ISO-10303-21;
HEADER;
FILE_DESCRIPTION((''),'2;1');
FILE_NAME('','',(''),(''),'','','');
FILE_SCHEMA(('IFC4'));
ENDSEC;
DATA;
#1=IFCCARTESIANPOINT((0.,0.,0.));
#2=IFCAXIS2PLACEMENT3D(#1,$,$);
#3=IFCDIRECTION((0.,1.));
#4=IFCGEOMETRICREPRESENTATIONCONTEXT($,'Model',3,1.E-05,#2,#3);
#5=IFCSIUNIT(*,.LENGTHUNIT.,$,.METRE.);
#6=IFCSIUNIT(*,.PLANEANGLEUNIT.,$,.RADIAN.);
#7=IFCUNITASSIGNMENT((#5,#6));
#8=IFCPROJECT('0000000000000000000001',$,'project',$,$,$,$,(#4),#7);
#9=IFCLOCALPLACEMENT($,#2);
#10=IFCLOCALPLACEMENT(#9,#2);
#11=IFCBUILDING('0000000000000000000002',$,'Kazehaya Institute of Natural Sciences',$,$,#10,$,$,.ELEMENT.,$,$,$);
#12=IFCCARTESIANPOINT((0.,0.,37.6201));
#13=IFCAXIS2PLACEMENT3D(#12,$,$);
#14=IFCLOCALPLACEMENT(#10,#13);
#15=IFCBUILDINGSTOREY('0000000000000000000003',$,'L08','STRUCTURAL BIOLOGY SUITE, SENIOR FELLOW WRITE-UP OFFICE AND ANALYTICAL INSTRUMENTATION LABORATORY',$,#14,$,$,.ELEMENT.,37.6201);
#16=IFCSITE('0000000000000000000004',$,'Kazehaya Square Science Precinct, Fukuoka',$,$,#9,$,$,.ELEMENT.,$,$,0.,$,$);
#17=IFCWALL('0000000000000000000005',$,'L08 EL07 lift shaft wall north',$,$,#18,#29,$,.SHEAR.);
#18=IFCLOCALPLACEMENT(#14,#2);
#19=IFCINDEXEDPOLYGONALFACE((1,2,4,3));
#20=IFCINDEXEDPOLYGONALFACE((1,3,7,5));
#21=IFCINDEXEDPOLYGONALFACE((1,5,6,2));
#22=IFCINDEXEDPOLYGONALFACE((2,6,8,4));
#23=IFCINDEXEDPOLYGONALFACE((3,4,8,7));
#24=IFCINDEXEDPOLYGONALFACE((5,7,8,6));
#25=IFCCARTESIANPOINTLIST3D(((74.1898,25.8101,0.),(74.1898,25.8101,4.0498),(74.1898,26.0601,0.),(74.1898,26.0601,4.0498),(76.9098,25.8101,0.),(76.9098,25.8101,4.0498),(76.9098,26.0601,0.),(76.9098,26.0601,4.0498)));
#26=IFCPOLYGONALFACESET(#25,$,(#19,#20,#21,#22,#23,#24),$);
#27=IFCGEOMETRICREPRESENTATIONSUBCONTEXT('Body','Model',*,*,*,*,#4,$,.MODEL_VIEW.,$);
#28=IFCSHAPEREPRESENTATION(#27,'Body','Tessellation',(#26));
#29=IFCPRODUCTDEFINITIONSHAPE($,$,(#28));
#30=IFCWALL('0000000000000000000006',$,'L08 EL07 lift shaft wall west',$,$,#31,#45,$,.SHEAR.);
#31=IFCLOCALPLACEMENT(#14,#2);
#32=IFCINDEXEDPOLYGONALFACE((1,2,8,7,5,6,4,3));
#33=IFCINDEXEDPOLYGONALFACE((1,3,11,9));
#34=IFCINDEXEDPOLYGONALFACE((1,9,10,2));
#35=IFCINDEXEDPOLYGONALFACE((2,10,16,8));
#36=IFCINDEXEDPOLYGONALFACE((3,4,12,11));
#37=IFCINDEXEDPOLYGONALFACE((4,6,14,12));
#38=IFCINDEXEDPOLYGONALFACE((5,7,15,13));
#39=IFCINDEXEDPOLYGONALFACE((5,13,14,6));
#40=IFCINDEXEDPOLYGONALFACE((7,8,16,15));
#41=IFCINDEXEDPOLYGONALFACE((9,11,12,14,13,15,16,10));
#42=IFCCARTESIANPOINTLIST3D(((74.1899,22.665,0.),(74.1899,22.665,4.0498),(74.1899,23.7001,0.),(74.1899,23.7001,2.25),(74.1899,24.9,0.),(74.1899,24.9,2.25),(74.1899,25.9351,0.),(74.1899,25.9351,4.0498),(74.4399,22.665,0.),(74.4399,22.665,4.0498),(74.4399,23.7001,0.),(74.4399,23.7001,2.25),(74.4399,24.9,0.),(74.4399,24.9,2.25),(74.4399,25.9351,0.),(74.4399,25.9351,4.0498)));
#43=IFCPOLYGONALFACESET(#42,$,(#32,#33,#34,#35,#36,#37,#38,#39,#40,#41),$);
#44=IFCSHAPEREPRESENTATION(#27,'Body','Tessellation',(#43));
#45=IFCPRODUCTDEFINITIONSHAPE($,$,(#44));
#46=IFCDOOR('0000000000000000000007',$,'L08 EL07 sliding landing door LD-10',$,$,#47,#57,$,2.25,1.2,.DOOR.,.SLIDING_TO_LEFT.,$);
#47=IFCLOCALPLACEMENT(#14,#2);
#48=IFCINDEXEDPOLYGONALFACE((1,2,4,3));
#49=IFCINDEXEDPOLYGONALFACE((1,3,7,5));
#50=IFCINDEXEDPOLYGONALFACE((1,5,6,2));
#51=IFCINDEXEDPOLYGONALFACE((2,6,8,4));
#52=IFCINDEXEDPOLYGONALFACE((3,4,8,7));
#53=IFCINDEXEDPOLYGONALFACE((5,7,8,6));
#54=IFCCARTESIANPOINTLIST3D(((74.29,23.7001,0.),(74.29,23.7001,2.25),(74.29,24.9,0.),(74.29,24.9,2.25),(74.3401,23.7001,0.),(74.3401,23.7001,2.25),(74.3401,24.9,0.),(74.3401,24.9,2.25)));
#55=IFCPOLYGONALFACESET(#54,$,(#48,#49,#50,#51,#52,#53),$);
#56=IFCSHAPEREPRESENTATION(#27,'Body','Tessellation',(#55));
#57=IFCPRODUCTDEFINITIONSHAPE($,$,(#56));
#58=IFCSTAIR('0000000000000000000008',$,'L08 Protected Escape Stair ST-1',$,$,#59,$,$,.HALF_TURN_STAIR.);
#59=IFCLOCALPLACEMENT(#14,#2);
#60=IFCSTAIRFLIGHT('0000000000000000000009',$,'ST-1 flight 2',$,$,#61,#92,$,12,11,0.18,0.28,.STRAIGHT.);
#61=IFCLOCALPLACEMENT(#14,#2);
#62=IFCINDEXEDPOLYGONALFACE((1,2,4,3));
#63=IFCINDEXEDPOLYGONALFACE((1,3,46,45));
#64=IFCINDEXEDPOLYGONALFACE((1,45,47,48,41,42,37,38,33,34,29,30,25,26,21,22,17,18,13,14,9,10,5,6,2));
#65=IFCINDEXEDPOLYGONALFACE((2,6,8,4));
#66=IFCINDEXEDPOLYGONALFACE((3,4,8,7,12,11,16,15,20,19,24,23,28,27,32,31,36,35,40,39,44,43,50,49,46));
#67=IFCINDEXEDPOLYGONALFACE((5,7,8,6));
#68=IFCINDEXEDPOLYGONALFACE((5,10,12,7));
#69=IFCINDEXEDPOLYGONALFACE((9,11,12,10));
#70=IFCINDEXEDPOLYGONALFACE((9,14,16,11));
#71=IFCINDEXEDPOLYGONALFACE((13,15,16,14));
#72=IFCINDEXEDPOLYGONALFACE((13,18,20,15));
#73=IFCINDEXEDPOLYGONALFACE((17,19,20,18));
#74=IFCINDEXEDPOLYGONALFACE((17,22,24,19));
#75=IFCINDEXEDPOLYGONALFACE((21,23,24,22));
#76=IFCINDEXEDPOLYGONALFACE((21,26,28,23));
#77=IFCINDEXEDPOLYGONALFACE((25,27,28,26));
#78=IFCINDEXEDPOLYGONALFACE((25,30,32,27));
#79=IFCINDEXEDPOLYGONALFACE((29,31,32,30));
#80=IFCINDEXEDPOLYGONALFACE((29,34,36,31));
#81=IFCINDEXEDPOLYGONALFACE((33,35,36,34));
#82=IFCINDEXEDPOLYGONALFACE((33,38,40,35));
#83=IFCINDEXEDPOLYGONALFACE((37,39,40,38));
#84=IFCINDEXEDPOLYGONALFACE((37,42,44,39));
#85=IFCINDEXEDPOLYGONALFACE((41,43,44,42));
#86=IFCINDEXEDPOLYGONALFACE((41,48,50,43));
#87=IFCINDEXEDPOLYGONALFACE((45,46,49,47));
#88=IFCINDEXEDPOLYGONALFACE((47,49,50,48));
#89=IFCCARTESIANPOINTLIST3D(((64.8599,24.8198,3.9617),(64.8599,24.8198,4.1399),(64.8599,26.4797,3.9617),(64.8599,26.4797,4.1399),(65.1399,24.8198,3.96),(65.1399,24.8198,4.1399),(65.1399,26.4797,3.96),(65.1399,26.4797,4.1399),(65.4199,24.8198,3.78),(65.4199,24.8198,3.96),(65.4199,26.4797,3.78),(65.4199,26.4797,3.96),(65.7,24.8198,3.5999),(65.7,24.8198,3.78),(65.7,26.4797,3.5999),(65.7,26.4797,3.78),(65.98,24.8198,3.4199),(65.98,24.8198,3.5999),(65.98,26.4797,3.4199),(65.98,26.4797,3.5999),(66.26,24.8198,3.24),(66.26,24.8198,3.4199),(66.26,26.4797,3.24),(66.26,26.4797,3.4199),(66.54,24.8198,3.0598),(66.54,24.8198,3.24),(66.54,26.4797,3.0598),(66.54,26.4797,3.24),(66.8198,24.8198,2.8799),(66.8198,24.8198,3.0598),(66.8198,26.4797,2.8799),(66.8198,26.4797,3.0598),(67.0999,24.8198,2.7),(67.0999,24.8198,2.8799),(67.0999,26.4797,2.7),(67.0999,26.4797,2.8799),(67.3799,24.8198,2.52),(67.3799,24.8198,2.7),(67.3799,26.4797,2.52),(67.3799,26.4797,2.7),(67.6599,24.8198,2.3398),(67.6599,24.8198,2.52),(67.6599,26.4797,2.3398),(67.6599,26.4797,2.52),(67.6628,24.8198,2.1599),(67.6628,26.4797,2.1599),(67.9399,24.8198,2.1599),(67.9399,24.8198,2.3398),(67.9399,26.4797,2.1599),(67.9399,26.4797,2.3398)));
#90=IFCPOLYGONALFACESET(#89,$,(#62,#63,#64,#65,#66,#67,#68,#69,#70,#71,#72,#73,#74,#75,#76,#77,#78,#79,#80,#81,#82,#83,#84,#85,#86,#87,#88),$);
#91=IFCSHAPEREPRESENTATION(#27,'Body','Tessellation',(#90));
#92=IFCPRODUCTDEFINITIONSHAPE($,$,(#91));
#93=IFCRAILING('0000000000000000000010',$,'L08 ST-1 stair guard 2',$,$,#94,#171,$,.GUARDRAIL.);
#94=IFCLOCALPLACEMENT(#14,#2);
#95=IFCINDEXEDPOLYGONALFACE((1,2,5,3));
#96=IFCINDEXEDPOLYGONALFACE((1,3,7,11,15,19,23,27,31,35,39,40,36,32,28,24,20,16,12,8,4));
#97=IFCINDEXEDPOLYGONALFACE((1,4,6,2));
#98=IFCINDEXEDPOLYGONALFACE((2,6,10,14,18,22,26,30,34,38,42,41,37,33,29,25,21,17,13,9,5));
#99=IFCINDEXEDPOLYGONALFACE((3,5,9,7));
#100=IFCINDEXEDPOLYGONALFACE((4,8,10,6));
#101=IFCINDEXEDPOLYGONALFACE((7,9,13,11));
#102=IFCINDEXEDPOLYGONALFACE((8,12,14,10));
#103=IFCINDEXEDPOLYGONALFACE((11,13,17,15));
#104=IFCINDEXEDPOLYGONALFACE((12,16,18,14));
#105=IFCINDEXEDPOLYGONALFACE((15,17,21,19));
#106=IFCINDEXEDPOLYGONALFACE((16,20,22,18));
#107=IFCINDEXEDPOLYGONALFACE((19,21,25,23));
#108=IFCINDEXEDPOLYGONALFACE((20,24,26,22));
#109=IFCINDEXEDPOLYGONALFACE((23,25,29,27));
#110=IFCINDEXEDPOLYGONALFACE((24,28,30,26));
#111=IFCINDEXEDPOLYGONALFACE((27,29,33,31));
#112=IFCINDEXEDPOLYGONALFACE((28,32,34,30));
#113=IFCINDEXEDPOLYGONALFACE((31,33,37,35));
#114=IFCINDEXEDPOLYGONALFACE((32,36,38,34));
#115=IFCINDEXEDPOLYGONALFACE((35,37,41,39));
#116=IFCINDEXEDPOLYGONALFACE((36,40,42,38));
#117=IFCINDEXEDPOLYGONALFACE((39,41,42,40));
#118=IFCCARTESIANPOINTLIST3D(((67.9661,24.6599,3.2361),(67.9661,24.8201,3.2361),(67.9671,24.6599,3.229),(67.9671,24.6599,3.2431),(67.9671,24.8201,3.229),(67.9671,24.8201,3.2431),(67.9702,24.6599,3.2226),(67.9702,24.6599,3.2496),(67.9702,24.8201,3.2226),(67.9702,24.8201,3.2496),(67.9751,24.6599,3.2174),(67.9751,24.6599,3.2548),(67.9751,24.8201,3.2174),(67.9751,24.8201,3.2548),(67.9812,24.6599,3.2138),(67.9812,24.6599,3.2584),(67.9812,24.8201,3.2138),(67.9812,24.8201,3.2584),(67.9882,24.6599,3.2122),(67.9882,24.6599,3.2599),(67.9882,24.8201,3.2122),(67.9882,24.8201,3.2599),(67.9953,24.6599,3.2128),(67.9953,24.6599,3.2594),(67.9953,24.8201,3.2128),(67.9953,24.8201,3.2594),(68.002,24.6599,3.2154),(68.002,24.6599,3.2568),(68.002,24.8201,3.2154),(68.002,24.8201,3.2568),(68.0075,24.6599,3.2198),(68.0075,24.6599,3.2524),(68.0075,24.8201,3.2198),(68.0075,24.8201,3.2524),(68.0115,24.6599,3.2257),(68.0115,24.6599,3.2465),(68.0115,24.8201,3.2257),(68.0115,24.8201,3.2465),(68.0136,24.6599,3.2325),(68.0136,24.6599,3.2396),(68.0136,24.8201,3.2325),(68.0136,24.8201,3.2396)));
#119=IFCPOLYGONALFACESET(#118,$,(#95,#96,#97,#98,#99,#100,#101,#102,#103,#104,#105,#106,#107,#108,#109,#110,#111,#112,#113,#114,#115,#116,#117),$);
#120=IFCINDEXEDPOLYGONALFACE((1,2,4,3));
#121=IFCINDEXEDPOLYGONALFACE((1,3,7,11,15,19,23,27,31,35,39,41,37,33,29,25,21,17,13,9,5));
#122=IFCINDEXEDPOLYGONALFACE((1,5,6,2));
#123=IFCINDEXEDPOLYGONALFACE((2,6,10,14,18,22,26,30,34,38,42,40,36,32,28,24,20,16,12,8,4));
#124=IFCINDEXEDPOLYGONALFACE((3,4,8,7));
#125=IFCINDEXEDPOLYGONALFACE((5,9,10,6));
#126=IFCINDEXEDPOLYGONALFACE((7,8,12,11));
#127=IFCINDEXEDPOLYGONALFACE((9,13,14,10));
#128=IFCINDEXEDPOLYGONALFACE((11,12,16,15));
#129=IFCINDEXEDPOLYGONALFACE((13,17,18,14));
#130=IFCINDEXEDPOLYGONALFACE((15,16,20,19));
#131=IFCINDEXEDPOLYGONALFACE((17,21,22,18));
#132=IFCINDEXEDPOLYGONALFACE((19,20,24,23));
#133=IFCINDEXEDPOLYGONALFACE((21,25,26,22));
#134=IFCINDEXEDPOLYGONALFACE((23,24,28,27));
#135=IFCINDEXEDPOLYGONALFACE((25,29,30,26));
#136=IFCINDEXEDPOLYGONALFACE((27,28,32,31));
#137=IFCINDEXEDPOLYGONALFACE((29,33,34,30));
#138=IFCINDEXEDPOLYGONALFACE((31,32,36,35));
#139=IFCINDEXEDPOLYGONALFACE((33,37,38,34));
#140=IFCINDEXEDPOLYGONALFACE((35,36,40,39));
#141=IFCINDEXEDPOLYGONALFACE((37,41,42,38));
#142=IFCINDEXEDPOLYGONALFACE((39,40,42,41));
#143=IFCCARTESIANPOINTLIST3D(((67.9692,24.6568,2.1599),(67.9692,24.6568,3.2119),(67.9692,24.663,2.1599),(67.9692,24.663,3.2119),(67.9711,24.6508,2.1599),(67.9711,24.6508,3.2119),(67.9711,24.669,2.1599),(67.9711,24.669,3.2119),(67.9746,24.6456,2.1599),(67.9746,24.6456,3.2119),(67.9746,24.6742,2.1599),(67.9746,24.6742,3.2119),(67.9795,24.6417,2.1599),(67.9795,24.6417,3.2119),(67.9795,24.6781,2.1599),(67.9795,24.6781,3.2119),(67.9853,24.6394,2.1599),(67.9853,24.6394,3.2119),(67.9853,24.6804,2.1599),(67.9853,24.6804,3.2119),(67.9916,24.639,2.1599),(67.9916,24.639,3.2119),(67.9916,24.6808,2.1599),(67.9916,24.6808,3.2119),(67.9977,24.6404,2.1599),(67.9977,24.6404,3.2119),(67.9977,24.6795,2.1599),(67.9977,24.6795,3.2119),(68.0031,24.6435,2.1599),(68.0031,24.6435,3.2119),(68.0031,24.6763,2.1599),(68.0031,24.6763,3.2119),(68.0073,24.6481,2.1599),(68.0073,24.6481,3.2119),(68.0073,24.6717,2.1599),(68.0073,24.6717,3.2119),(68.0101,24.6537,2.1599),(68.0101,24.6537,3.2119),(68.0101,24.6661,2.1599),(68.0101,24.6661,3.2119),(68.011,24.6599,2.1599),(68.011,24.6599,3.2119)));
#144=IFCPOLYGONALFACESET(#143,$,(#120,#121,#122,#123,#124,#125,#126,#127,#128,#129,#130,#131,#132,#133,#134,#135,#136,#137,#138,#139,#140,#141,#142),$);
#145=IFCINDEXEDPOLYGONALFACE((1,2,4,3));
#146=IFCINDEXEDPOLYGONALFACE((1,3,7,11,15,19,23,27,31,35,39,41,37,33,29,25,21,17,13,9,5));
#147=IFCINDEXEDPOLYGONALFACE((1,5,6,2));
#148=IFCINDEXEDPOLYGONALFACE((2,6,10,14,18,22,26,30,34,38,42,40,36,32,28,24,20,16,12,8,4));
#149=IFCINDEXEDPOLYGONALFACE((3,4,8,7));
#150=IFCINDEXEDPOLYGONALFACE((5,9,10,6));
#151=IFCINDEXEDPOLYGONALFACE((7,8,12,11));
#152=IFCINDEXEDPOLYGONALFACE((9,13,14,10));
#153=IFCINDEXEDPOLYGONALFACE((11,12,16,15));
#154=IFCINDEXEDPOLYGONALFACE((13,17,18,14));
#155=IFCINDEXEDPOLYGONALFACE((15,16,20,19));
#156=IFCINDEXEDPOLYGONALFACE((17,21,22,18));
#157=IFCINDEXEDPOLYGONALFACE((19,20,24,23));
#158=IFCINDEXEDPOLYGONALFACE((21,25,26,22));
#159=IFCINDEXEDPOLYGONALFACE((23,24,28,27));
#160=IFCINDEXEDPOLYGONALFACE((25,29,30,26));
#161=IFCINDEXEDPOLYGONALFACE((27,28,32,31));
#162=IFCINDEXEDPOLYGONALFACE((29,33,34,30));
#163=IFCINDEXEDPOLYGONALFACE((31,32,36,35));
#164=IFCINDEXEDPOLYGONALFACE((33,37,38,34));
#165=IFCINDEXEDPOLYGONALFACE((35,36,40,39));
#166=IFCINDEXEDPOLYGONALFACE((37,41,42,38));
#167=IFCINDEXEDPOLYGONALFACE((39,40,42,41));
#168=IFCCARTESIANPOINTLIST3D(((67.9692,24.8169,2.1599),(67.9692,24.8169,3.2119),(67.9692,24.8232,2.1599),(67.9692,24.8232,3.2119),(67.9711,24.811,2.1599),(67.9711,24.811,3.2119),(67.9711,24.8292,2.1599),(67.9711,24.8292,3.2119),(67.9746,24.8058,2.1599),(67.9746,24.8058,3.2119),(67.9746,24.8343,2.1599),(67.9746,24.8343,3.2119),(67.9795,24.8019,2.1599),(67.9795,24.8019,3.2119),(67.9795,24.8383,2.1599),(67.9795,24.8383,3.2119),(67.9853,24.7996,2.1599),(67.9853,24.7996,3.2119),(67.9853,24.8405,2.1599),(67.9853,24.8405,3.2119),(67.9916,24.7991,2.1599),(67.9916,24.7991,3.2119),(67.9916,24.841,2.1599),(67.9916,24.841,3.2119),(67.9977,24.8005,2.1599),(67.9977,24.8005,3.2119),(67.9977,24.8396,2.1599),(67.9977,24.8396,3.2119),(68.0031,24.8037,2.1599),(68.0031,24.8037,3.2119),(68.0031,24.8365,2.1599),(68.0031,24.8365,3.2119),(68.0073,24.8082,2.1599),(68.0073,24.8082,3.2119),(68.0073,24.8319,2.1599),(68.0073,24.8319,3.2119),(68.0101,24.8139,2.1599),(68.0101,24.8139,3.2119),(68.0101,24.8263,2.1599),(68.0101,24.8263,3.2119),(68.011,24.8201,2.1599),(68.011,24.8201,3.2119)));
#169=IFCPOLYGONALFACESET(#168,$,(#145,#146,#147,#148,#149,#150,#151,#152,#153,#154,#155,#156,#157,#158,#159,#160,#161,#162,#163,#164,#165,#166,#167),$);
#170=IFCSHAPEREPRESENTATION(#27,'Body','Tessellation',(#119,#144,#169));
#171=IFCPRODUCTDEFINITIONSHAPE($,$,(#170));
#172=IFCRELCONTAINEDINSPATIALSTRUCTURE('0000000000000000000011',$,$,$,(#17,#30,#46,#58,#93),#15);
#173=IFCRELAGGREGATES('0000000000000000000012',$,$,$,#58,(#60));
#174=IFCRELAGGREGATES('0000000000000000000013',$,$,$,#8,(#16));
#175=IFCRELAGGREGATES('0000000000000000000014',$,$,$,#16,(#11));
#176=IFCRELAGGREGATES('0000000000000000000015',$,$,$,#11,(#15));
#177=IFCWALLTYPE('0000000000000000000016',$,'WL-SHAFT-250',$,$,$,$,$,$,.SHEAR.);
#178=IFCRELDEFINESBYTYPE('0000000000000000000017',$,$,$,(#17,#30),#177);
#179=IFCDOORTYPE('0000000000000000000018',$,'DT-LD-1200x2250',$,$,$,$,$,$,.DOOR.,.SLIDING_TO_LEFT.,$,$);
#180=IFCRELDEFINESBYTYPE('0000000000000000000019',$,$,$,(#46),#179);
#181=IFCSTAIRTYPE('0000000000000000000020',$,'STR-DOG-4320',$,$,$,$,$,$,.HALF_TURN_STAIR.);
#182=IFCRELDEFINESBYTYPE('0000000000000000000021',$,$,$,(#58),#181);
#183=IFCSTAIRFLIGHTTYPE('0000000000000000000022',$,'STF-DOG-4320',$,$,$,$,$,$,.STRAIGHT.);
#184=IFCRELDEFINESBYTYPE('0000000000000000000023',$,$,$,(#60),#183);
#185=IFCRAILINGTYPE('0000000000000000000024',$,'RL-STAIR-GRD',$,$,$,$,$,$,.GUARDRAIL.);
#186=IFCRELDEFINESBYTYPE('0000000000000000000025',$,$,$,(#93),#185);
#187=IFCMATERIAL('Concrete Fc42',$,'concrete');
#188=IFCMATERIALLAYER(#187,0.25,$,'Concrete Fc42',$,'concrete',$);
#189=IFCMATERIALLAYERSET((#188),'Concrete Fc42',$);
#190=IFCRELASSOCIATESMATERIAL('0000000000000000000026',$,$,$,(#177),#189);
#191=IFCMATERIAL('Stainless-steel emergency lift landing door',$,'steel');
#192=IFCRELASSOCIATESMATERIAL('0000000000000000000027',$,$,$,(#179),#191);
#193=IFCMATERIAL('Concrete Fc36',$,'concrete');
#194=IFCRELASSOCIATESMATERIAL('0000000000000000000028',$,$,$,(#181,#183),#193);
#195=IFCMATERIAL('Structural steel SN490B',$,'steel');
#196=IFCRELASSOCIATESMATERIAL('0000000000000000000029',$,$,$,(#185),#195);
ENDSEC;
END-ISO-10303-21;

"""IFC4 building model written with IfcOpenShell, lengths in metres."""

from ifc_helpers import new_model, si_unit, direction, frame, frame_2d, origin, origin_2d, place, context, subcontext, project, spatial, polyline, rectangle, circle, outline, extrude, material, layer, layer_set, type_object, element, fill, aggregate, save


model = new_model("IFC4")

# Units and contexts
model_context = context("Model", 3, precision=1e-05, world=origin(), true_north=direction((0.0, 1.0)))
body_context = subcontext(model_context, "Body", "Model", "MODEL_VIEW")
ifc_project = project(units=[si_unit("LENGTHUNIT", "METRE"), si_unit("PLANEANGLEUNIT", "RADIAN")], contexts=[model_context])

# Site, building, storey
site_placement = place(None, origin())
site = spatial("IfcSite", under=ifc_project, at=site_placement, Name="Kazehaya Square Science Precinct, Fukuoka", CompositionType="ELEMENT", RefElevation=0.0)
building_placement = place(site_placement, origin())
building = spatial("IfcBuilding", under=site, at=building_placement, Name="Kazehaya Institute of Natural Sciences", CompositionType="ELEMENT")
storey_placement = place(building_placement, frame((0.0, 0.0, 37.6201)))
storey = spatial("IfcBuildingStorey", under=building, at=storey_placement, Name="L08", Description="STRUCTURAL BIOLOGY SUITE, SENIOR FELLOW WRITE-UP OFFICE AND ANALYTICAL INSTRUMENTATION LABORATORY", CompositionType="ELEMENT", Elevation=37.6201)

# Shared definitions
ifc_material_1 = material(Name="Concrete Fc36", Category="concrete")

# Shared definitions
ifc_material_2 = material(Name="Concrete Fc42", Category="concrete")

# Wall
ifc_layer_1 = layer(ifc_material_2, 0.25, Name="Concrete Fc42", Category="concrete")
ifc_layer_set_1 = layer_set([ifc_layer_1], Name="Concrete Fc42")
wall_type_1 = type_object("IfcWallType", Name="WL-SHAFT-250", PredefinedType="SHEAR", material=ifc_layer_set_1)
wall_1_placement = place(storey_placement, frame((74.1899, 25.9351, 0.0), z_axis=(0.0, 0.0, 1.0), x_axis=(1.0, 0.0, 0.0)))
element("IfcWall", 1, at=wall_1_placement, inside=storey, type_object=wall_type_1, Name="L08 EL07 lift shaft wall north", PredefinedType="SHEAR", context=body_context, shape_type="SweptSolid", body=[
    extrude(rectangle(XDim=2.72, YDim=0.25, at=frame_2d((1.3599, 0.0))), origin(), (0.0, 0.0, 1.0), 4.0498),
])

# Wall, opening, door
wall_2_placement = place(storey_placement, frame((74.3149, 22.665, 0.0), z_axis=(0.0, 0.0, 1.0), x_axis=(0.0, 1.0, 0.0)))
wall_2 = element("IfcWall", 2, at=wall_2_placement, inside=storey, type_object=wall_type_1, Name="L08 EL07 lift shaft wall west", PredefinedType="SHEAR", context=body_context, shape_type="SweptSolid", body=[
    extrude(rectangle(XDim=3.27, YDim=0.25, at=frame_2d((1.635, 0.0))), origin(), (0.0, 0.0, 1.0), 4.0498),
])
opening_1_placement = place(wall_2_placement, frame((1.0349, 0.0, 0.0)))
opening_1 = element("IfcOpeningElement", 3, at=opening_1_placement, cuts=wall_2, PredefinedType="OPENING", context=body_context, shape_type="SweptSolid", body=[
    extrude(rectangle(XDim=1.2, YDim=2.25, at=frame_2d((0.6001, 1.125))), frame((0.0, 0.135, 0.0), z_axis=(0.0, -1.0, 0.0), x_axis=(1.0, 0.0, 0.0)), (0.0, 0.0, 1.0), 0.27),
])
ifc_material_3 = material(Name="Stainless-steel emergency lift landing door", Category="steel")
door_type_1 = type_object("IfcDoorType", Name="DT-LD-1200x2250", OperationType="SLIDING_TO_LEFT", PredefinedType="DOOR", material=ifc_material_3)
door_1_placement = place(opening_1_placement, origin())
door_1 = element("IfcDoor", 4, at=door_1_placement, inside=storey, type_object=door_type_1, Name="L08 EL07 sliding landing door LD-10", OperationType="SLIDING_TO_LEFT", OverallHeight=2.25, OverallWidth=1.2, PredefinedType="DOOR", context=body_context, shape_type="SweptSolid", body=[
    extrude(rectangle(XDim=1.2, YDim=2.25, at=frame_2d((0.6001, 1.125))), frame((0.0, 0.0249, 0.0), z_axis=(0.0, -1.0, 0.0), x_axis=(1.0, 0.0, 0.0)), (0.0, 0.0, 1.0), 0.05),
])
fill(opening_1, door_1)

# Stair, stair flight
stair_type = type_object("IfcStairType", Name="STR-DOG-4320", PredefinedType="HALF_TURN_STAIR", material=ifc_material_1)
stair_placement = place(storey_placement, origin())
stair = element("IfcStair", 5, at=stair_placement, inside=storey, type_object=stair_type, Name="L08 Protected Escape Stair ST-1", PredefinedType="HALF_TURN_STAIR")
stair_flight_type = type_object("IfcStairFlightType", Name="STF-DOG-4320", PredefinedType="STRAIGHT", material=ifc_material_1)
stair_flight_placement = place(storey_placement, frame((67.9399, 25.6499, 2.1599), z_axis=(0.0, 0.0, 1.0), x_axis=(-1.0, 0.0, 0.0)))
stair_flight = element("IfcStairFlight", 6, at=stair_flight_placement, type_object=stair_flight_type, Name="ST-1 flight 2", NumberOfRisers=12, NumberOfTreads=11, PredefinedType="STRAIGHT", RiserHeight=0.18, TreadLength=0.28, context=body_context, shape_type="SweptSolid", body=[
    extrude(outline(polyline([(0.0, 0.0), (0.0, 0.1799), (0.28, 0.1799), (0.28, 0.3601), (0.5601, 0.3601), (0.5601, 0.54), (0.8401, 0.54), (0.8401, 0.72), (1.1201, 0.72), (1.1201, 0.8999), (1.3999, 0.8999), (1.3999, 1.0801), (1.6799, 1.0801), (1.6799, 1.26), (1.96, 1.26), (1.96, 1.4399), (2.24, 1.4399), (2.24, 1.6201), (2.52, 1.6201), (2.52, 1.8), (2.8, 1.8), (2.8, 1.98), (3.0801, 1.98), (3.0801, 2.1599), (3.0801, 1.8018), (0.2771, 0.0), (0.0, 0.0)])), frame((0.0, 0.8301, 0.0), z_axis=(0.0, -1.0, 0.0), x_axis=(1.0, 0.0, 0.0)), (0.0, 0.0, 1.0), 1.6599),
])
aggregate(stair, [stair_flight])

# Railing
ifc_material_4 = material(Name="Structural steel SN490B", Category="steel")
railing_type_1 = type_object("IfcRailingType", Name="RL-STAIR-GRD", PredefinedType="GUARDRAIL", material=ifc_material_4)
railing_1_placement = place(storey_placement, frame((67.99, 24.6599, 2.1599)))
element("IfcRailing", 7, at=railing_1_placement, inside=storey, type_object=railing_type_1, Name="L08 ST-1 stair guard 2", PredefinedType="GUARDRAIL", context=body_context, shape_type="SweptSolid", body=[
    extrude(circle(Radius=0.0239, at=origin_2d()), frame((0.0, 0.0, 1.0762), z_axis=(0.0, 1.0, 0.0), x_axis=(-1.0, 0.0, 0.0)), (0.0, 0.0, 1.0), 0.1602),
    extrude(circle(Radius=0.021, at=origin_2d()), origin(), (0.0, 0.0, 1.0), 1.052),
    extrude(circle(Radius=0.021, at=origin_2d()), frame((0.0, 0.1602, 0.0)), (0.0, 0.0, 1.0), 1.052),
])

save(model, "model.ifc")
